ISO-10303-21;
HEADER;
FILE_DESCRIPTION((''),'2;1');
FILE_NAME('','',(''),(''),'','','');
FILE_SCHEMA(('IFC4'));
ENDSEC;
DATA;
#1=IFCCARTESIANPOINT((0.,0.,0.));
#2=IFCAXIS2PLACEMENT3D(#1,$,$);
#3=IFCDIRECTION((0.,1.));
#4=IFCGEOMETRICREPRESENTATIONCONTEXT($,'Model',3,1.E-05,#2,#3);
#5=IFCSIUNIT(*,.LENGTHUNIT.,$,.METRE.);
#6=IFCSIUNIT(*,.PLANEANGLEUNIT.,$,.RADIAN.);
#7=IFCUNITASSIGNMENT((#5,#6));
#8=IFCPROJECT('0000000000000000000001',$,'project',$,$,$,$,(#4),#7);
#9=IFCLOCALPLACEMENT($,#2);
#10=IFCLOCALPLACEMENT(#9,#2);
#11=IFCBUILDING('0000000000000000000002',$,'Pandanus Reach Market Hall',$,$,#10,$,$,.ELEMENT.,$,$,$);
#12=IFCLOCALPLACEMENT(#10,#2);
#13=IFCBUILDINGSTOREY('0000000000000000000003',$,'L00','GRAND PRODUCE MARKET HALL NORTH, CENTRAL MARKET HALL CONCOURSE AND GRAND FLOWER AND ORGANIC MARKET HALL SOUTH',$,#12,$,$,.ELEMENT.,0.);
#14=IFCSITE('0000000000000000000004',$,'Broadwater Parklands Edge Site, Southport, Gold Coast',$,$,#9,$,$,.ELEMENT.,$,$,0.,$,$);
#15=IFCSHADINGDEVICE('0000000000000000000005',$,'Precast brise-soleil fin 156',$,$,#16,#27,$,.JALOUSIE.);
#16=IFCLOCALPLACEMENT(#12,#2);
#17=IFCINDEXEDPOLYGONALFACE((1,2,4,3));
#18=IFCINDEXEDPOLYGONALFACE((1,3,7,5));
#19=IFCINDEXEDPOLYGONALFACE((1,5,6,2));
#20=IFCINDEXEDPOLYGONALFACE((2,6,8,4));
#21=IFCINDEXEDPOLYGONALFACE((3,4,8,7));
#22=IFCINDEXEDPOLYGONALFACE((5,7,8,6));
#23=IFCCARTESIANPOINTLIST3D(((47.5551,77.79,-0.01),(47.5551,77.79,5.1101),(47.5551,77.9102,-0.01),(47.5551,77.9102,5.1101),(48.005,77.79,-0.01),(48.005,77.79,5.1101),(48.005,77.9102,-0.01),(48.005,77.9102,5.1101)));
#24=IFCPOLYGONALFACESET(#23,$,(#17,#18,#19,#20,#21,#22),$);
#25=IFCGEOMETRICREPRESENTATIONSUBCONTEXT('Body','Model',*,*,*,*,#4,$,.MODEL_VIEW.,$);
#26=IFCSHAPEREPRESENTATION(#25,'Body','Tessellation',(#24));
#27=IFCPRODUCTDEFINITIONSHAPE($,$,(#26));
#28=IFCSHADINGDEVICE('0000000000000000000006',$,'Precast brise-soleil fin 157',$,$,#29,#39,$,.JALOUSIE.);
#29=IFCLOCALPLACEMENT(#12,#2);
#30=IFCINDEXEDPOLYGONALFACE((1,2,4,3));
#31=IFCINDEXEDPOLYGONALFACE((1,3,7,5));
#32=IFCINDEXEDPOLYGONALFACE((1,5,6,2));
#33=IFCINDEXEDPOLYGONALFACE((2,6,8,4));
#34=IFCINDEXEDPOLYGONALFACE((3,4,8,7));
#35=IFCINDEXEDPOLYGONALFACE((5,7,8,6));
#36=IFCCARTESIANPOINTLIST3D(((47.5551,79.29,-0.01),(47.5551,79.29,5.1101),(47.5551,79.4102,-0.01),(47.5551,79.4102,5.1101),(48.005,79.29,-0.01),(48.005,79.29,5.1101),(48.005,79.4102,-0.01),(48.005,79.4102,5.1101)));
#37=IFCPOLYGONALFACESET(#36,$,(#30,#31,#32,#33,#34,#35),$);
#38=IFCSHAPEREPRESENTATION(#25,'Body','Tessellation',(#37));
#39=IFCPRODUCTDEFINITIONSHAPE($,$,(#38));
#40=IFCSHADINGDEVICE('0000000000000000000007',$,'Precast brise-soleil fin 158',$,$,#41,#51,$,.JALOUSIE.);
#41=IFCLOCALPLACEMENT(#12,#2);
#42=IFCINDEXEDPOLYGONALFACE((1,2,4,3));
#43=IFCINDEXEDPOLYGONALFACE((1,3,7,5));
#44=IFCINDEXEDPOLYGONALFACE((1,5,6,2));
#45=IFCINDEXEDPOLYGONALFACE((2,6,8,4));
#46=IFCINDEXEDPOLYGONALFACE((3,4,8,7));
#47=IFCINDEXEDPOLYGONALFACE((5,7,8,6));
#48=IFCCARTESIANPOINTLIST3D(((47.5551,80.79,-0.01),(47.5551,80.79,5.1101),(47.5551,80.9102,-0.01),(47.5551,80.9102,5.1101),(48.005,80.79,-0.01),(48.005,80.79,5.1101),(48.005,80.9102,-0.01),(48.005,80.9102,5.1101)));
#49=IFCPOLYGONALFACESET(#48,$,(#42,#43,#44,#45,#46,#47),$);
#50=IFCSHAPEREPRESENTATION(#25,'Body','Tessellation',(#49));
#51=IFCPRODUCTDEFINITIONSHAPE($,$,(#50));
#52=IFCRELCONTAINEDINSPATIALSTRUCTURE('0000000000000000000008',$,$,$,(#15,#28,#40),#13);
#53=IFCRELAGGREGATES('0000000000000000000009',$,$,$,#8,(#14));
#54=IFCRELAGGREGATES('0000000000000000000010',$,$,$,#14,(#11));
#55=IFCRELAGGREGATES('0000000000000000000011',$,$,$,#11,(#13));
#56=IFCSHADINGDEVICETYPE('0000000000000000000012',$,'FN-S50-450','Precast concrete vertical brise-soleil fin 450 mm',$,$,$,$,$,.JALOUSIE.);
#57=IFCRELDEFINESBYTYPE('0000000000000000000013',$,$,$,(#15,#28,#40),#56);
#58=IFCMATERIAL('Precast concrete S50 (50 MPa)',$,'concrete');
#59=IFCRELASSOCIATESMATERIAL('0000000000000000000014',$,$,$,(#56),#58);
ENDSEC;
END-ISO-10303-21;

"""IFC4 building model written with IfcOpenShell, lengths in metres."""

from ifc_helpers import new_model, si_unit, direction, frame, origin, origin_2d, place, context, subcontext, project, spatial, rectangle, extrude, material, type_object, element, save


model = new_model("IFC4")

# Units and contexts
model_context = context("Model", 3, precision=1e-05, world=origin(), true_north=direction((0.0, 1.0)))
body_context = subcontext(model_context, "Body", "Model", "MODEL_VIEW")
ifc_project = project(units=[si_unit("LENGTHUNIT", "METRE"), si_unit("PLANEANGLEUNIT", "RADIAN")], contexts=[model_context])

# Site, building, storey
site_placement = place(None, origin())
site = spatial("IfcSite", under=ifc_project, at=site_placement, Name="Broadwater Parklands Edge Site, Southport, Gold Coast", CompositionType="ELEMENT", RefElevation=0.0)
building_placement = place(site_placement, origin())
building = spatial("IfcBuilding", under=site, at=building_placement, Name="Pandanus Reach Market Hall", CompositionType="ELEMENT")
storey_placement = place(building_placement, origin())
storey = spatial("IfcBuildingStorey", under=building, at=storey_placement, Name="L00", Description="GRAND PRODUCE MARKET HALL NORTH, CENTRAL MARKET HALL CONCOURSE AND GRAND FLOWER AND ORGANIC MARKET HALL SOUTH", CompositionType="ELEMENT", Elevation=0.0)

# Shading devices
ifc_material_1 = material(Name="Precast concrete S50 (50 MPa)", Category="concrete")
shading_device_type = type_object("IfcShadingDeviceType", Name="FN-S50-450", Description="Precast concrete vertical brise-soleil fin 450 mm", PredefinedType="JALOUSIE", material=ifc_material_1)
for number, where, z_axis, x_axis, name in (
    (1, (47.78, 77.8501, -0.01), (0.0, 0.0, 1.0), (-1.0, 0.0, 0.0), "Precast brise-soleil fin 156"),
    (2, (47.78, 79.3501, -0.01), (0.0, 0.0, 1.0), (-1.0, 0.0, 0.0), "Precast brise-soleil fin 157"),
    (3, (47.78, 80.8501, -0.01), (0.0, 0.0, 1.0), (-1.0, 0.0, 0.0), "Precast brise-soleil fin 158"),
):
    element("IfcShadingDevice", number, at=place(storey_placement, frame(where, z_axis=z_axis, x_axis=x_axis)), inside=storey, type_object=shading_device_type, Name=name, PredefinedType="JALOUSIE", context=body_context, shape_type="SweptSolid", body=[
        extrude(rectangle(XDim=0.45, YDim=0.1201, at=origin_2d()), origin(), (0.0, 0.0, 1.0), 5.1201),
    ])

save(model, "model.ifc")
